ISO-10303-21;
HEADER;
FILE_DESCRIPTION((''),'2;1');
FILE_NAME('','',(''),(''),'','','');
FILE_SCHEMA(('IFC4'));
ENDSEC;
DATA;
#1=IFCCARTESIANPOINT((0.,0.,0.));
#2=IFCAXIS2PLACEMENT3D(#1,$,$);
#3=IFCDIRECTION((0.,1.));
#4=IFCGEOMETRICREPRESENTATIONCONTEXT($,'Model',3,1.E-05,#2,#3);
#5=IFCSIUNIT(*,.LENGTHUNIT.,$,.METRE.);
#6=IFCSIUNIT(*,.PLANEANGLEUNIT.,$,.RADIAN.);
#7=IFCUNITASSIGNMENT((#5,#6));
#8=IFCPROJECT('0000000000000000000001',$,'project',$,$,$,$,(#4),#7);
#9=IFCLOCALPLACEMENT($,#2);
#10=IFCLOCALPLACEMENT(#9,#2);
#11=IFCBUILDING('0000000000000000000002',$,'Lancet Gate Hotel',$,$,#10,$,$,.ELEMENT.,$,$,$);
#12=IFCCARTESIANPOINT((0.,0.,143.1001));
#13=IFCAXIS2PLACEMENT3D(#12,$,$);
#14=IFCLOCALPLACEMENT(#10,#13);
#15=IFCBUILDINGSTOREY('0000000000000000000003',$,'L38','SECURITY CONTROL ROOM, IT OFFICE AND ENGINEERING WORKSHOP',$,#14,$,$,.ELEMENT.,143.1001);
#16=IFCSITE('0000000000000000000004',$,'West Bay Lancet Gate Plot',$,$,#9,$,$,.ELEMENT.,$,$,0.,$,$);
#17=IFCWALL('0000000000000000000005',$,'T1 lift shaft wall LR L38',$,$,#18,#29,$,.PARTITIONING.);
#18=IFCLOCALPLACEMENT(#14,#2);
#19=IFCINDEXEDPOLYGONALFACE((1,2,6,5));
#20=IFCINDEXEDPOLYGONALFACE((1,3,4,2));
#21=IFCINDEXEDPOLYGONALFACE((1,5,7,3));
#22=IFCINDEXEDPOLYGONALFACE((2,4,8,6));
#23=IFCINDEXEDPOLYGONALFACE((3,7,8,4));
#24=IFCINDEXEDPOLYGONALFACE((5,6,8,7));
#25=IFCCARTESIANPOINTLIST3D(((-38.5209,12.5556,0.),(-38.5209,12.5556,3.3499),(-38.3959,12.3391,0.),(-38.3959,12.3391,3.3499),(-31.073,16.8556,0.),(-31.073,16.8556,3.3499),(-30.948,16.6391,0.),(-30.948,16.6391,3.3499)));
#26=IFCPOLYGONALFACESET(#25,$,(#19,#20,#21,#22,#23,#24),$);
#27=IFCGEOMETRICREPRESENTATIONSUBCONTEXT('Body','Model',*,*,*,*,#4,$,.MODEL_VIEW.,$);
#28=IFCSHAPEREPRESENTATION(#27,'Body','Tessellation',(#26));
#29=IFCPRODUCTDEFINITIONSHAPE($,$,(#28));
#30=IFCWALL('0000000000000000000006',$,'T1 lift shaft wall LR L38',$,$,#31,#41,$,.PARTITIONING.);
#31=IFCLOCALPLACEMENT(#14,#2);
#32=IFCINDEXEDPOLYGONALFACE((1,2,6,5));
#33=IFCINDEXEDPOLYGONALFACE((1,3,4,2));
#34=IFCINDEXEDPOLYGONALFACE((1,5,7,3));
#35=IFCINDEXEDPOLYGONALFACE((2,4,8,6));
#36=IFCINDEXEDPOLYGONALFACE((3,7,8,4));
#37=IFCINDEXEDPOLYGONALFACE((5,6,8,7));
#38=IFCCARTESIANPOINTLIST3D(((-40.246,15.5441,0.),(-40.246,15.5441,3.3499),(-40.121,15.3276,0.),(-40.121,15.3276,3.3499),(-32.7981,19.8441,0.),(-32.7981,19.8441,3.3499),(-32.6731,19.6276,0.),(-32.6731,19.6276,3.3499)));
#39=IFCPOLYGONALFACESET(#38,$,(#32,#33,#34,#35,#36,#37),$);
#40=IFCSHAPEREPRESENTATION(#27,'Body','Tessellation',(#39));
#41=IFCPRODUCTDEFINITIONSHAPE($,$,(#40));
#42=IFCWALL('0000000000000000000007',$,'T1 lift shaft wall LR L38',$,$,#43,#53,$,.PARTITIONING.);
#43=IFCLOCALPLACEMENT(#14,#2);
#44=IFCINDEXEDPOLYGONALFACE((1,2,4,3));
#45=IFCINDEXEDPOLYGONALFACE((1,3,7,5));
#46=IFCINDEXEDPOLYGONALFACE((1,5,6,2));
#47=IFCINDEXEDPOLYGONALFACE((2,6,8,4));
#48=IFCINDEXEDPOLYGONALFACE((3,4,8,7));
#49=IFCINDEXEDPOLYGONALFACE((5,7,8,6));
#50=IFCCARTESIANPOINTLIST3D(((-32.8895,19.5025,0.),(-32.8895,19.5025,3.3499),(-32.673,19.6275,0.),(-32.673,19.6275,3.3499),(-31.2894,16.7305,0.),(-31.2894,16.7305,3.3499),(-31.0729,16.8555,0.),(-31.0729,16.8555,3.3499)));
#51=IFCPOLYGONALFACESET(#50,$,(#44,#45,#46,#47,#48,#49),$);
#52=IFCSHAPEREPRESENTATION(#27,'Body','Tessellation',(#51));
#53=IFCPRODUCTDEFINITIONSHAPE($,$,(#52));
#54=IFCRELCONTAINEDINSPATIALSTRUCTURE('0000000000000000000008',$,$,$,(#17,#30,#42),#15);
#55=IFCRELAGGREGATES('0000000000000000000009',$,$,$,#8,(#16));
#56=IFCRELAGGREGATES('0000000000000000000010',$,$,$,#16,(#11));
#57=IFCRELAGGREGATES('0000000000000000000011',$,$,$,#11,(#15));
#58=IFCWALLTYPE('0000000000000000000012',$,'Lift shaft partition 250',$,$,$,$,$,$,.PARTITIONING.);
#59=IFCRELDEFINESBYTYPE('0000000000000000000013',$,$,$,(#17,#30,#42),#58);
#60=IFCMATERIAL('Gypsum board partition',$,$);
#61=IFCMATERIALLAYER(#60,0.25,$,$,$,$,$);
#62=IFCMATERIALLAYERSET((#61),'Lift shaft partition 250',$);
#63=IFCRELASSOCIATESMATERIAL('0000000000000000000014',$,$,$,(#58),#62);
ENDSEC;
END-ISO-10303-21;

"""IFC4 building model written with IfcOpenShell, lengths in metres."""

from ifc_helpers import new_model, si_unit, direction, frame, frame_2d, origin, place, context, subcontext, project, spatial, rectangle, extrude, material, layer, layer_set, type_object, element, save


model = new_model("IFC4")

# Units and contexts
model_context = context("Model", 3, precision=1e-05, world=origin(), true_north=direction((0.0, 1.0)))
body_context = subcontext(model_context, "Body", "Model", "MODEL_VIEW")
ifc_project = project(units=[si_unit("LENGTHUNIT", "METRE"), si_unit("PLANEANGLEUNIT", "RADIAN")], contexts=[model_context])

# Site, building, storey
site_placement = place(None, origin())
site = spatial("IfcSite", under=ifc_project, at=site_placement, Name="West Bay Lancet Gate Plot", CompositionType="ELEMENT", RefElevation=0.0)
building_placement = place(site_placement, origin())
building = spatial("IfcBuilding", under=site, at=building_placement, Name="Lancet Gate Hotel", CompositionType="ELEMENT")
storey_placement = place(building_placement, frame((0.0, 0.0, 143.1001)))
storey = spatial("IfcBuildingStorey", under=building, at=storey_placement, Name="L38", Description="SECURITY CONTROL ROOM, IT OFFICE AND ENGINEERING WORKSHOP", CompositionType="ELEMENT", Elevation=143.1001)

# Walls
ifc_material_1 = material(Name="Gypsum board partition")
ifc_layer_1 = layer(ifc_material_1, 0.25)
ifc_layer_set_1 = layer_set([ifc_layer_1], Name="Lift shaft partition 250")
wall_type_1 = type_object("IfcWallType", Name="Lift shaft partition 250", PredefinedType="PARTITIONING", material=ifc_layer_set_1)
for number, where, z_axis, x_axis, name in (
    (1, (-31.0105, 16.7473, 0.0), (0.0, 0.0, 1.0), (-0.866028, -0.499995, 0.0), "T1 lift shaft wall LR L38"),
    (2, (-32.7356, 19.7358, 0.0), (0.0, 0.0, 1.0), (-0.866028, -0.499995, 0.0), "T1 lift shaft wall LR L38"),
):
    element("IfcWall", number, at=place(storey_placement, frame(where, z_axis=z_axis, x_axis=x_axis)), inside=storey, type_object=wall_type_1, Name=name, PredefinedType="PARTITIONING", context=body_context, shape_type="SweptSolid", body=[
        extrude(rectangle(XDim=8.6001, YDim=0.25, at=frame_2d((4.3, 0.0))), origin(), (0.0, 0.0, 1.0), 3.3499),
    ])
wall_1_placement = place(storey_placement, frame((-31.1812, 16.793, 0.0), z_axis=(0.0, 0.0, 1.0), x_axis=(-0.499929, 0.866066, 0.0)))
element("IfcWall", 3, at=wall_1_placement, inside=storey, type_object=wall_type_1, Name="T1 lift shaft wall LR L38", PredefinedType="PARTITIONING", context=body_context, shape_type="SweptSolid", body=[
    extrude(rectangle(XDim=3.2007, YDim=0.25, at=frame_2d((1.6003, 0.0))), origin(), (0.0, 0.0, 1.0), 3.3499),
])

save(model, "model.ifc")
